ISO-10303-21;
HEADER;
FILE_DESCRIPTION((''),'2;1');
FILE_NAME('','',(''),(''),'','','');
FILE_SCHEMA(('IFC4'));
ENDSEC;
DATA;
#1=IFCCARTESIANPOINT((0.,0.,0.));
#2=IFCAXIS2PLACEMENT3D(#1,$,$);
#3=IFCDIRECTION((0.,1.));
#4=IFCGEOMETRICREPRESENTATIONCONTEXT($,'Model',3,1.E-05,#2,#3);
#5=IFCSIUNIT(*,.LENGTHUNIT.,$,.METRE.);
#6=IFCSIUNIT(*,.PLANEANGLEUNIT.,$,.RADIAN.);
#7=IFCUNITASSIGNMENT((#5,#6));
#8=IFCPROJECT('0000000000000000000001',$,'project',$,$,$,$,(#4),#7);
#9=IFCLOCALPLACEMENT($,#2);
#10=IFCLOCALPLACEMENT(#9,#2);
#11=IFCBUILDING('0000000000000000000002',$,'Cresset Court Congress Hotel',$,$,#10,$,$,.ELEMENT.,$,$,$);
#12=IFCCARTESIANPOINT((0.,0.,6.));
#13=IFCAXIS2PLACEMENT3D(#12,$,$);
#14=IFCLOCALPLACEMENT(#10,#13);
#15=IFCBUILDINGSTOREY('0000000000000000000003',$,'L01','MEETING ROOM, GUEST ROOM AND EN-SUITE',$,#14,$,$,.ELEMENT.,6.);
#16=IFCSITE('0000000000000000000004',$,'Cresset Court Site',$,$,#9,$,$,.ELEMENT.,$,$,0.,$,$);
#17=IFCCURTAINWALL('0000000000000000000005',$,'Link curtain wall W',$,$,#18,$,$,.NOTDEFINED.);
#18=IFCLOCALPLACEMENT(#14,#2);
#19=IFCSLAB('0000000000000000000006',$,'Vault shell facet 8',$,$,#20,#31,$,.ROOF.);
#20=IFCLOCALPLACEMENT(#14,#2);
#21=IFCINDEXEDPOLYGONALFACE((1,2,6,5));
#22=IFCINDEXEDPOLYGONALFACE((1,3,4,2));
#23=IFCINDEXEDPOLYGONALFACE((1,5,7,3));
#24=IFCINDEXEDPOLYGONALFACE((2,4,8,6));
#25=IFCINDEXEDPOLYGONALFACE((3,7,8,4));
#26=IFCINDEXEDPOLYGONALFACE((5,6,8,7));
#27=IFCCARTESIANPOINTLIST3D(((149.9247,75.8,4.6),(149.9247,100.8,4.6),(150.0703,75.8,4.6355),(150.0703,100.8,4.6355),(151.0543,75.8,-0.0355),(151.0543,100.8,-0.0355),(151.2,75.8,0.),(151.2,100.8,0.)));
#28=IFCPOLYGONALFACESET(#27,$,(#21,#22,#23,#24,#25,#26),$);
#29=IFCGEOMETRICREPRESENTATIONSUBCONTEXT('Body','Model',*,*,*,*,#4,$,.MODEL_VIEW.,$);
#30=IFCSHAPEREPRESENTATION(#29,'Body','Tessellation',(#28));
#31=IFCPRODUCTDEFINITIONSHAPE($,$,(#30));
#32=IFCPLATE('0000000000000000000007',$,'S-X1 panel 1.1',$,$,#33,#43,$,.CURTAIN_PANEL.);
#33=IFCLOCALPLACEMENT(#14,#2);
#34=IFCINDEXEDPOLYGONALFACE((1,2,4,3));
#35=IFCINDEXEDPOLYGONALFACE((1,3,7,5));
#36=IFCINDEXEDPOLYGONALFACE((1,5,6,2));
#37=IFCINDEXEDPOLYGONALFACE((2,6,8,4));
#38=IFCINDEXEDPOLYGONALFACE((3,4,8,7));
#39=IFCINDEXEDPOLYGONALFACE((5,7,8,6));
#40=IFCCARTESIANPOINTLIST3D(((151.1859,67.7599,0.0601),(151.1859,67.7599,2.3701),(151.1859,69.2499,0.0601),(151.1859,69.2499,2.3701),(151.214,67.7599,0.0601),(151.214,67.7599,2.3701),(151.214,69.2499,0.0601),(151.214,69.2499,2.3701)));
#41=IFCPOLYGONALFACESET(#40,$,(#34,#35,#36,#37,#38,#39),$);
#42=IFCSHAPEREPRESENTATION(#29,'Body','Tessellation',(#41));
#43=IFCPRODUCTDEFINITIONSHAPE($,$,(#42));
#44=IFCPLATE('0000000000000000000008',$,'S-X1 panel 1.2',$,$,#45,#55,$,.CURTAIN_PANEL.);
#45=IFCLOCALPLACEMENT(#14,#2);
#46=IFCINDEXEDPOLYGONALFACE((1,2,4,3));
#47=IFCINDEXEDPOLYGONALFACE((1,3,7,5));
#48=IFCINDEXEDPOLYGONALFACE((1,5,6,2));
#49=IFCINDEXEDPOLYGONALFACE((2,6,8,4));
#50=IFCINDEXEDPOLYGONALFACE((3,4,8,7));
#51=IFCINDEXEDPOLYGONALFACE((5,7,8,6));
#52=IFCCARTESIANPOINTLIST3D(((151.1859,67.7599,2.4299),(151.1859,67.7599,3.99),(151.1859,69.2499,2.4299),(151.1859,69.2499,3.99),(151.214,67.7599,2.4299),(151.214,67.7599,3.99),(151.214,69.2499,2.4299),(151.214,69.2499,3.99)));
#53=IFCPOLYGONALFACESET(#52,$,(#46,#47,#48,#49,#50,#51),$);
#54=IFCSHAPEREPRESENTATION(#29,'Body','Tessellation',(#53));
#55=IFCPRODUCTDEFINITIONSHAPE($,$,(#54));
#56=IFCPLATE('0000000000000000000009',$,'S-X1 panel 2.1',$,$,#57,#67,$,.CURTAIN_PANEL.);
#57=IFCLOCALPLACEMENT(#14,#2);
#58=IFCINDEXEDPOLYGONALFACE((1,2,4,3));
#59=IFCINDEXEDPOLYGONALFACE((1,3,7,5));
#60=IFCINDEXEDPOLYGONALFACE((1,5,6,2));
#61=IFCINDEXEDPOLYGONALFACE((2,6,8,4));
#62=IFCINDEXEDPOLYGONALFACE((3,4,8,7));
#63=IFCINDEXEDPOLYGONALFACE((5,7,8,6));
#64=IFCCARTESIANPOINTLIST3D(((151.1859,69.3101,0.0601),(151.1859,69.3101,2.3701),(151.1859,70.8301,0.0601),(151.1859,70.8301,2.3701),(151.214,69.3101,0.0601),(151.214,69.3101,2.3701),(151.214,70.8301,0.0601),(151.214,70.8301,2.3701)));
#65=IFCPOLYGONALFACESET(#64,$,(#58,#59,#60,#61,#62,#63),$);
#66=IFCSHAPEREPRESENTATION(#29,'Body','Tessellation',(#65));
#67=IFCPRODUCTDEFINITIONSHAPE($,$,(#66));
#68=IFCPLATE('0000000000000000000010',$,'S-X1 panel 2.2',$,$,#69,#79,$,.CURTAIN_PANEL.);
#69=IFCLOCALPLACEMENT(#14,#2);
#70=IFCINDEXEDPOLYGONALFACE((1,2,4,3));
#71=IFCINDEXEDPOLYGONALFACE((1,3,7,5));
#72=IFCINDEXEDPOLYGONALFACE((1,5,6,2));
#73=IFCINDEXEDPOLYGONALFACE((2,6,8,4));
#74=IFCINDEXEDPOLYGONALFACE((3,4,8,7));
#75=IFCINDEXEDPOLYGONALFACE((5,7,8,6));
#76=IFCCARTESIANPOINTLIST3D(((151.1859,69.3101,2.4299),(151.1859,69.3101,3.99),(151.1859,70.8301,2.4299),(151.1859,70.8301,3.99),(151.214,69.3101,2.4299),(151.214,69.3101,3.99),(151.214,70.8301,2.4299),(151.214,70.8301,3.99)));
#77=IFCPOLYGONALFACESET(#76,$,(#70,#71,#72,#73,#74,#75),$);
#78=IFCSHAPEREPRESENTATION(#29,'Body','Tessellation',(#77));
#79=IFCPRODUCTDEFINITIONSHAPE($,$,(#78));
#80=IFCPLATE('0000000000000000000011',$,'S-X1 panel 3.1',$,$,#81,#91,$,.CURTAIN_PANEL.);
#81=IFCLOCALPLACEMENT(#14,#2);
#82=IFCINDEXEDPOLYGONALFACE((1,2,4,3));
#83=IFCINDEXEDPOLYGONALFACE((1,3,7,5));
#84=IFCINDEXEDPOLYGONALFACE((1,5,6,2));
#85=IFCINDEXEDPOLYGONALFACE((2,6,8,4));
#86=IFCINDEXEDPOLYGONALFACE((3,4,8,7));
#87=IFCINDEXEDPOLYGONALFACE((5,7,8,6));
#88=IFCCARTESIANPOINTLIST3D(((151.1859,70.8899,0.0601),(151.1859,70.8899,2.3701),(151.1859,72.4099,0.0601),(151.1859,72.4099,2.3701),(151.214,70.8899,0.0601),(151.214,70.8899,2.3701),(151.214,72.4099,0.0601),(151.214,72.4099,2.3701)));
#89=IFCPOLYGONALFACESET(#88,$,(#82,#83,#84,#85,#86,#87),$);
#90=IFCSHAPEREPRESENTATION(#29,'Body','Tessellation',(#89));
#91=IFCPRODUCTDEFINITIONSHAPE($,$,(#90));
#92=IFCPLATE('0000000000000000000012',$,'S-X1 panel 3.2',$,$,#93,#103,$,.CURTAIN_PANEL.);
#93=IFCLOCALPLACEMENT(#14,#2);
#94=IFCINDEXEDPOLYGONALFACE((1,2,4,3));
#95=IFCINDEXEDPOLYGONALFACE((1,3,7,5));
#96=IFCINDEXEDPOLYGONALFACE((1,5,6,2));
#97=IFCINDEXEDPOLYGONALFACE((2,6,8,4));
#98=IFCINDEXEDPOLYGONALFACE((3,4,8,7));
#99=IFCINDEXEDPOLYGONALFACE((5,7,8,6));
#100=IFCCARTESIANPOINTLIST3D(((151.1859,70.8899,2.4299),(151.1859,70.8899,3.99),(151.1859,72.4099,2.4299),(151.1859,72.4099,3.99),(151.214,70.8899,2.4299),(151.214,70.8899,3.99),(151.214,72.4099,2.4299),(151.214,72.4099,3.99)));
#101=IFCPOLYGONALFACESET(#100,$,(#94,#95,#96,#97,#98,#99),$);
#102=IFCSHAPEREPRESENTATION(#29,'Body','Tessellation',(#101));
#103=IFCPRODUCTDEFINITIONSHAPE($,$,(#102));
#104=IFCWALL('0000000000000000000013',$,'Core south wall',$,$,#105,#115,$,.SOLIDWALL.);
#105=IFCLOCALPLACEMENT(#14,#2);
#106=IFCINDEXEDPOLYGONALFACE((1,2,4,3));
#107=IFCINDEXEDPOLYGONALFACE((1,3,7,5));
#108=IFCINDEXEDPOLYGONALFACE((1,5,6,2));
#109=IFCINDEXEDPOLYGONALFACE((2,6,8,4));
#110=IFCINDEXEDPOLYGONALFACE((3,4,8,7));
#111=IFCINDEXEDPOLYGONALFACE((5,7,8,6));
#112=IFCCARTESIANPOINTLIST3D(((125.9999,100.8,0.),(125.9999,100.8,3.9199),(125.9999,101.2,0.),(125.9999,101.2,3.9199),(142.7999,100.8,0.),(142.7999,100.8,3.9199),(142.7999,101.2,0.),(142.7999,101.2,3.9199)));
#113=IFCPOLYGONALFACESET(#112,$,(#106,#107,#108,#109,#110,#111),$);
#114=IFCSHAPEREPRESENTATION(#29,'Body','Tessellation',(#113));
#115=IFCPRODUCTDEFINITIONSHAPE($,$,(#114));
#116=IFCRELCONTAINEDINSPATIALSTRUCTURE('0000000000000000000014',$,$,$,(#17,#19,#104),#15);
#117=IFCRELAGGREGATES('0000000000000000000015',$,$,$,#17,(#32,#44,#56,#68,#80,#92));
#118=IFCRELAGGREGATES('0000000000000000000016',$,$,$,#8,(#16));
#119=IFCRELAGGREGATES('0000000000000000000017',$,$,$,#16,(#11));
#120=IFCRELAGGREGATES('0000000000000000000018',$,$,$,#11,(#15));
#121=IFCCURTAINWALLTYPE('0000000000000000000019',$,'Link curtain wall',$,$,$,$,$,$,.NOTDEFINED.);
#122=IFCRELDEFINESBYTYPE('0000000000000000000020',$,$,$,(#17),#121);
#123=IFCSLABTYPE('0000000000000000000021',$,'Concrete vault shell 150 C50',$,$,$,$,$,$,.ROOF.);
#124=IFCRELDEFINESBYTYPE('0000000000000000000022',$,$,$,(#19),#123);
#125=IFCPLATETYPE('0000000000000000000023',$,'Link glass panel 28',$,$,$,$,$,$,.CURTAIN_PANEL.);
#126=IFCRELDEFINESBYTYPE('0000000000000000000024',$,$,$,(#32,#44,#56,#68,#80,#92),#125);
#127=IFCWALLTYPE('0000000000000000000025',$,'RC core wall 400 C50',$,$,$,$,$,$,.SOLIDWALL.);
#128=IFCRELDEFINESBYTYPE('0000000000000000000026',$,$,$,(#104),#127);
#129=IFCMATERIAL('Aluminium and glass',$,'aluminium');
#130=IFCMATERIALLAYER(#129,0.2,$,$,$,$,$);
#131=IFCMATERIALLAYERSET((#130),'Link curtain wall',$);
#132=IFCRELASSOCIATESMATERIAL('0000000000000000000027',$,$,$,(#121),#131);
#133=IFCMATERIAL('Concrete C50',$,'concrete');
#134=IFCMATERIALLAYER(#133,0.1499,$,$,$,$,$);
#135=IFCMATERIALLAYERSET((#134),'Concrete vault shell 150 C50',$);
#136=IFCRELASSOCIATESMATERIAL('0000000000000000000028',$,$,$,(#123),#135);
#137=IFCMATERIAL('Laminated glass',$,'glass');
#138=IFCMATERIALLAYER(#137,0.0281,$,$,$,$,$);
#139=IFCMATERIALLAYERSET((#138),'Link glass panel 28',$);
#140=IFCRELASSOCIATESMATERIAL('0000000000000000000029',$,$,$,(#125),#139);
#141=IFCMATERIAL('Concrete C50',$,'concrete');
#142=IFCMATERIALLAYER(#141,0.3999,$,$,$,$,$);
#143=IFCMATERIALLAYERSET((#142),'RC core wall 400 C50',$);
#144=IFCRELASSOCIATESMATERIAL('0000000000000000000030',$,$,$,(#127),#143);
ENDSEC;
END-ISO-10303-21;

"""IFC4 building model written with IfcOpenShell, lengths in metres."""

from ifc_helpers import new_model, si_unit, direction, frame, frame_2d, origin, origin_2d, place, context, subcontext, project, spatial, polyline, rectangle, outline, extrude, material, layer, layer_set, type_object, element, aggregate, save


model = new_model("IFC4")

# Units and contexts
model_context = context("Model", 3, precision=1e-05, world=origin(), true_north=direction((0.0, 1.0)))
body_context = subcontext(model_context, "Body", "Model", "MODEL_VIEW")
ifc_project = project(units=[si_unit("LENGTHUNIT", "METRE"), si_unit("PLANEANGLEUNIT", "RADIAN")], contexts=[model_context])

# Site, building, storey
site_placement = place(None, origin())
site = spatial("IfcSite", under=ifc_project, at=site_placement, Name="Cresset Court Site", CompositionType="ELEMENT", RefElevation=0.0)
building_placement = place(site_placement, origin())
building = spatial("IfcBuilding", under=site, at=building_placement, Name="Cresset Court Congress Hotel", CompositionType="ELEMENT")
storey_placement = place(building_placement, frame((0.0, 0.0, 6.0)))
storey = spatial("IfcBuildingStorey", under=building, at=storey_placement, Name="L01", Description="MEETING ROOM, GUEST ROOM AND EN-SUITE", CompositionType="ELEMENT", Elevation=6.0)

# Curtain wall
ifc_material_1 = material(Name="Aluminium and glass", Category="aluminium")
ifc_layer_1 = layer(ifc_material_1, 0.2)
ifc_layer_set_1 = layer_set([ifc_layer_1], Name="Link curtain wall")
curtain_wall_type = type_object("IfcCurtainWallType", Name="Link curtain wall", PredefinedType="NOTDEFINED", material=ifc_layer_set_1)
curtain_wall_placement = place(storey_placement, origin())
curtain_wall = element("IfcCurtainWall", 1, at=curtain_wall_placement, inside=storey, type_object=curtain_wall_type, Name="Link curtain wall W", PredefinedType="NOTDEFINED")

# Slab
ifc_material_2 = material(Name="Concrete C50", Category="concrete")
ifc_layer_2 = layer(ifc_material_2, 0.1499)
ifc_layer_set_2 = layer_set([ifc_layer_2], Name="Concrete vault shell 150 C50")
slab_type = type_object("IfcSlabType", Name="Concrete vault shell 150 C50", PredefinedType="ROOF", material=ifc_layer_set_2)
slab_placement = place(storey_placement, frame((150.0703, 75.8, 4.6355), z_axis=(0.971567, 0.0, 0.236764), x_axis=(0.236764, 0.0, -0.971567)))
element("IfcSlab", 2, at=slab_placement, inside=storey, type_object=slab_type, Name="Vault shell facet 8", PredefinedType="ROOF", context=body_context, shape_type="SweptSolid", body=[
    extrude(outline(polyline([(0.0, 0.0), (4.7712, 0.0), (4.7712, 25.0), (0.0, 25.0), (0.0, 0.0)])), origin(), (0.0, 0.0, -1.0), 0.1499),
])

# Plates
ifc_material_3 = material(Name="Laminated glass", Category="glass")
ifc_layer_3 = layer(ifc_material_3, 0.0281)
ifc_layer_set_3 = layer_set([ifc_layer_3], Name="Link glass panel 28")
plate_type = type_object("IfcPlateType", Name="Link glass panel 28", PredefinedType="CURTAIN_PANEL", material=ifc_layer_set_3)
plate_1_placement = place(storey_placement, frame((151.2, 68.5049, 0.0601), z_axis=(0.0, 0.0, 1.0), x_axis=(0.0, 1.0, 0.0)))
plate_1 = element("IfcPlate", 3, at=plate_1_placement, type_object=plate_type, Name="S-X1 panel 1.1", PredefinedType="CURTAIN_PANEL", context=body_context, shape_type="SweptSolid", body=[
    extrude(rectangle(XDim=1.49, YDim=0.0281, at=origin_2d()), origin(), (0.0, 0.0, 1.0), 2.3101),
])
plate_2_placement = place(storey_placement, frame((151.2, 68.5049, 2.4299), z_axis=(0.0, 0.0, 1.0), x_axis=(0.0, 1.0, 0.0)))
plate_2 = element("IfcPlate", 4, at=plate_2_placement, type_object=plate_type, Name="S-X1 panel 1.2", PredefinedType="CURTAIN_PANEL", context=body_context, shape_type="SweptSolid", body=[
    extrude(rectangle(XDim=1.49, YDim=0.0281, at=origin_2d()), origin(), (0.0, 0.0, 1.0), 1.5601),
])
plate_3_placement = place(storey_placement, frame((151.2, 70.0701, 0.0601), z_axis=(0.0, 0.0, 1.0), x_axis=(0.0, 1.0, 0.0)))
plate_3 = element("IfcPlate", 5, at=plate_3_placement, type_object=plate_type, Name="S-X1 panel 2.1", PredefinedType="CURTAIN_PANEL", context=body_context, shape_type="SweptSolid", body=[
    extrude(rectangle(XDim=1.52, YDim=0.0281, at=origin_2d()), origin(), (0.0, 0.0, 1.0), 2.3101),
])
plate_4_placement = place(storey_placement, frame((151.2, 70.0701, 2.4299), z_axis=(0.0, 0.0, 1.0), x_axis=(0.0, 1.0, 0.0)))
plate_4 = element("IfcPlate", 6, at=plate_4_placement, type_object=plate_type, Name="S-X1 panel 2.2", PredefinedType="CURTAIN_PANEL", context=body_context, shape_type="SweptSolid", body=[
    extrude(rectangle(XDim=1.52, YDim=0.0281, at=origin_2d()), origin(), (0.0, 0.0, 1.0), 1.5601),
])
plate_5_placement = place(storey_placement, frame((151.2, 71.6499, 0.0601), z_axis=(0.0, 0.0, 1.0), x_axis=(0.0, 1.0, 0.0)))
plate_5 = element("IfcPlate", 7, at=plate_5_placement, type_object=plate_type, Name="S-X1 panel 3.1", PredefinedType="CURTAIN_PANEL", context=body_context, shape_type="SweptSolid", body=[
    extrude(rectangle(XDim=1.52, YDim=0.0281, at=origin_2d()), origin(), (0.0, 0.0, 1.0), 2.3101),
])
plate_6_placement = place(storey_placement, frame((151.2, 71.6499, 2.4299), z_axis=(0.0, 0.0, 1.0), x_axis=(0.0, 1.0, 0.0)))
plate_6 = element("IfcPlate", 8, at=plate_6_placement, type_object=plate_type, Name="S-X1 panel 3.2", PredefinedType="CURTAIN_PANEL", context=body_context, shape_type="SweptSolid", body=[
    extrude(rectangle(XDim=1.52, YDim=0.0281, at=origin_2d()), origin(), (0.0, 0.0, 1.0), 1.5601),
])
aggregate(curtain_wall, [plate_1, plate_2, plate_3, plate_4, plate_5, plate_6])

# Wall
ifc_material_4 = material(Name="Concrete C50", Category="concrete")
ifc_layer_4 = layer(ifc_material_4, 0.3999)
ifc_layer_set_4 = layer_set([ifc_layer_4], Name="RC core wall 400 C50")
wall_type = type_object("IfcWallType", Name="RC core wall 400 C50", PredefinedType="SOLIDWALL", material=ifc_layer_set_4)
wall_placement = place(storey_placement, frame((126.0, 101.0, 0.0), z_axis=(0.0, 0.0, 1.0), x_axis=(1.0, 0.0, 0.0)))
element("IfcWall", 9, at=wall_placement, inside=storey, type_object=wall_type, Name="Core south wall", PredefinedType="SOLIDWALL", context=body_context, shape_type="SweptSolid", body=[
    extrude(rectangle(XDim=16.8, YDim=0.3999, at=frame_2d((8.3999, 0.0))), origin(), (0.0, 0.0, 1.0), 3.9199),
])

save(model, "model.ifc")
